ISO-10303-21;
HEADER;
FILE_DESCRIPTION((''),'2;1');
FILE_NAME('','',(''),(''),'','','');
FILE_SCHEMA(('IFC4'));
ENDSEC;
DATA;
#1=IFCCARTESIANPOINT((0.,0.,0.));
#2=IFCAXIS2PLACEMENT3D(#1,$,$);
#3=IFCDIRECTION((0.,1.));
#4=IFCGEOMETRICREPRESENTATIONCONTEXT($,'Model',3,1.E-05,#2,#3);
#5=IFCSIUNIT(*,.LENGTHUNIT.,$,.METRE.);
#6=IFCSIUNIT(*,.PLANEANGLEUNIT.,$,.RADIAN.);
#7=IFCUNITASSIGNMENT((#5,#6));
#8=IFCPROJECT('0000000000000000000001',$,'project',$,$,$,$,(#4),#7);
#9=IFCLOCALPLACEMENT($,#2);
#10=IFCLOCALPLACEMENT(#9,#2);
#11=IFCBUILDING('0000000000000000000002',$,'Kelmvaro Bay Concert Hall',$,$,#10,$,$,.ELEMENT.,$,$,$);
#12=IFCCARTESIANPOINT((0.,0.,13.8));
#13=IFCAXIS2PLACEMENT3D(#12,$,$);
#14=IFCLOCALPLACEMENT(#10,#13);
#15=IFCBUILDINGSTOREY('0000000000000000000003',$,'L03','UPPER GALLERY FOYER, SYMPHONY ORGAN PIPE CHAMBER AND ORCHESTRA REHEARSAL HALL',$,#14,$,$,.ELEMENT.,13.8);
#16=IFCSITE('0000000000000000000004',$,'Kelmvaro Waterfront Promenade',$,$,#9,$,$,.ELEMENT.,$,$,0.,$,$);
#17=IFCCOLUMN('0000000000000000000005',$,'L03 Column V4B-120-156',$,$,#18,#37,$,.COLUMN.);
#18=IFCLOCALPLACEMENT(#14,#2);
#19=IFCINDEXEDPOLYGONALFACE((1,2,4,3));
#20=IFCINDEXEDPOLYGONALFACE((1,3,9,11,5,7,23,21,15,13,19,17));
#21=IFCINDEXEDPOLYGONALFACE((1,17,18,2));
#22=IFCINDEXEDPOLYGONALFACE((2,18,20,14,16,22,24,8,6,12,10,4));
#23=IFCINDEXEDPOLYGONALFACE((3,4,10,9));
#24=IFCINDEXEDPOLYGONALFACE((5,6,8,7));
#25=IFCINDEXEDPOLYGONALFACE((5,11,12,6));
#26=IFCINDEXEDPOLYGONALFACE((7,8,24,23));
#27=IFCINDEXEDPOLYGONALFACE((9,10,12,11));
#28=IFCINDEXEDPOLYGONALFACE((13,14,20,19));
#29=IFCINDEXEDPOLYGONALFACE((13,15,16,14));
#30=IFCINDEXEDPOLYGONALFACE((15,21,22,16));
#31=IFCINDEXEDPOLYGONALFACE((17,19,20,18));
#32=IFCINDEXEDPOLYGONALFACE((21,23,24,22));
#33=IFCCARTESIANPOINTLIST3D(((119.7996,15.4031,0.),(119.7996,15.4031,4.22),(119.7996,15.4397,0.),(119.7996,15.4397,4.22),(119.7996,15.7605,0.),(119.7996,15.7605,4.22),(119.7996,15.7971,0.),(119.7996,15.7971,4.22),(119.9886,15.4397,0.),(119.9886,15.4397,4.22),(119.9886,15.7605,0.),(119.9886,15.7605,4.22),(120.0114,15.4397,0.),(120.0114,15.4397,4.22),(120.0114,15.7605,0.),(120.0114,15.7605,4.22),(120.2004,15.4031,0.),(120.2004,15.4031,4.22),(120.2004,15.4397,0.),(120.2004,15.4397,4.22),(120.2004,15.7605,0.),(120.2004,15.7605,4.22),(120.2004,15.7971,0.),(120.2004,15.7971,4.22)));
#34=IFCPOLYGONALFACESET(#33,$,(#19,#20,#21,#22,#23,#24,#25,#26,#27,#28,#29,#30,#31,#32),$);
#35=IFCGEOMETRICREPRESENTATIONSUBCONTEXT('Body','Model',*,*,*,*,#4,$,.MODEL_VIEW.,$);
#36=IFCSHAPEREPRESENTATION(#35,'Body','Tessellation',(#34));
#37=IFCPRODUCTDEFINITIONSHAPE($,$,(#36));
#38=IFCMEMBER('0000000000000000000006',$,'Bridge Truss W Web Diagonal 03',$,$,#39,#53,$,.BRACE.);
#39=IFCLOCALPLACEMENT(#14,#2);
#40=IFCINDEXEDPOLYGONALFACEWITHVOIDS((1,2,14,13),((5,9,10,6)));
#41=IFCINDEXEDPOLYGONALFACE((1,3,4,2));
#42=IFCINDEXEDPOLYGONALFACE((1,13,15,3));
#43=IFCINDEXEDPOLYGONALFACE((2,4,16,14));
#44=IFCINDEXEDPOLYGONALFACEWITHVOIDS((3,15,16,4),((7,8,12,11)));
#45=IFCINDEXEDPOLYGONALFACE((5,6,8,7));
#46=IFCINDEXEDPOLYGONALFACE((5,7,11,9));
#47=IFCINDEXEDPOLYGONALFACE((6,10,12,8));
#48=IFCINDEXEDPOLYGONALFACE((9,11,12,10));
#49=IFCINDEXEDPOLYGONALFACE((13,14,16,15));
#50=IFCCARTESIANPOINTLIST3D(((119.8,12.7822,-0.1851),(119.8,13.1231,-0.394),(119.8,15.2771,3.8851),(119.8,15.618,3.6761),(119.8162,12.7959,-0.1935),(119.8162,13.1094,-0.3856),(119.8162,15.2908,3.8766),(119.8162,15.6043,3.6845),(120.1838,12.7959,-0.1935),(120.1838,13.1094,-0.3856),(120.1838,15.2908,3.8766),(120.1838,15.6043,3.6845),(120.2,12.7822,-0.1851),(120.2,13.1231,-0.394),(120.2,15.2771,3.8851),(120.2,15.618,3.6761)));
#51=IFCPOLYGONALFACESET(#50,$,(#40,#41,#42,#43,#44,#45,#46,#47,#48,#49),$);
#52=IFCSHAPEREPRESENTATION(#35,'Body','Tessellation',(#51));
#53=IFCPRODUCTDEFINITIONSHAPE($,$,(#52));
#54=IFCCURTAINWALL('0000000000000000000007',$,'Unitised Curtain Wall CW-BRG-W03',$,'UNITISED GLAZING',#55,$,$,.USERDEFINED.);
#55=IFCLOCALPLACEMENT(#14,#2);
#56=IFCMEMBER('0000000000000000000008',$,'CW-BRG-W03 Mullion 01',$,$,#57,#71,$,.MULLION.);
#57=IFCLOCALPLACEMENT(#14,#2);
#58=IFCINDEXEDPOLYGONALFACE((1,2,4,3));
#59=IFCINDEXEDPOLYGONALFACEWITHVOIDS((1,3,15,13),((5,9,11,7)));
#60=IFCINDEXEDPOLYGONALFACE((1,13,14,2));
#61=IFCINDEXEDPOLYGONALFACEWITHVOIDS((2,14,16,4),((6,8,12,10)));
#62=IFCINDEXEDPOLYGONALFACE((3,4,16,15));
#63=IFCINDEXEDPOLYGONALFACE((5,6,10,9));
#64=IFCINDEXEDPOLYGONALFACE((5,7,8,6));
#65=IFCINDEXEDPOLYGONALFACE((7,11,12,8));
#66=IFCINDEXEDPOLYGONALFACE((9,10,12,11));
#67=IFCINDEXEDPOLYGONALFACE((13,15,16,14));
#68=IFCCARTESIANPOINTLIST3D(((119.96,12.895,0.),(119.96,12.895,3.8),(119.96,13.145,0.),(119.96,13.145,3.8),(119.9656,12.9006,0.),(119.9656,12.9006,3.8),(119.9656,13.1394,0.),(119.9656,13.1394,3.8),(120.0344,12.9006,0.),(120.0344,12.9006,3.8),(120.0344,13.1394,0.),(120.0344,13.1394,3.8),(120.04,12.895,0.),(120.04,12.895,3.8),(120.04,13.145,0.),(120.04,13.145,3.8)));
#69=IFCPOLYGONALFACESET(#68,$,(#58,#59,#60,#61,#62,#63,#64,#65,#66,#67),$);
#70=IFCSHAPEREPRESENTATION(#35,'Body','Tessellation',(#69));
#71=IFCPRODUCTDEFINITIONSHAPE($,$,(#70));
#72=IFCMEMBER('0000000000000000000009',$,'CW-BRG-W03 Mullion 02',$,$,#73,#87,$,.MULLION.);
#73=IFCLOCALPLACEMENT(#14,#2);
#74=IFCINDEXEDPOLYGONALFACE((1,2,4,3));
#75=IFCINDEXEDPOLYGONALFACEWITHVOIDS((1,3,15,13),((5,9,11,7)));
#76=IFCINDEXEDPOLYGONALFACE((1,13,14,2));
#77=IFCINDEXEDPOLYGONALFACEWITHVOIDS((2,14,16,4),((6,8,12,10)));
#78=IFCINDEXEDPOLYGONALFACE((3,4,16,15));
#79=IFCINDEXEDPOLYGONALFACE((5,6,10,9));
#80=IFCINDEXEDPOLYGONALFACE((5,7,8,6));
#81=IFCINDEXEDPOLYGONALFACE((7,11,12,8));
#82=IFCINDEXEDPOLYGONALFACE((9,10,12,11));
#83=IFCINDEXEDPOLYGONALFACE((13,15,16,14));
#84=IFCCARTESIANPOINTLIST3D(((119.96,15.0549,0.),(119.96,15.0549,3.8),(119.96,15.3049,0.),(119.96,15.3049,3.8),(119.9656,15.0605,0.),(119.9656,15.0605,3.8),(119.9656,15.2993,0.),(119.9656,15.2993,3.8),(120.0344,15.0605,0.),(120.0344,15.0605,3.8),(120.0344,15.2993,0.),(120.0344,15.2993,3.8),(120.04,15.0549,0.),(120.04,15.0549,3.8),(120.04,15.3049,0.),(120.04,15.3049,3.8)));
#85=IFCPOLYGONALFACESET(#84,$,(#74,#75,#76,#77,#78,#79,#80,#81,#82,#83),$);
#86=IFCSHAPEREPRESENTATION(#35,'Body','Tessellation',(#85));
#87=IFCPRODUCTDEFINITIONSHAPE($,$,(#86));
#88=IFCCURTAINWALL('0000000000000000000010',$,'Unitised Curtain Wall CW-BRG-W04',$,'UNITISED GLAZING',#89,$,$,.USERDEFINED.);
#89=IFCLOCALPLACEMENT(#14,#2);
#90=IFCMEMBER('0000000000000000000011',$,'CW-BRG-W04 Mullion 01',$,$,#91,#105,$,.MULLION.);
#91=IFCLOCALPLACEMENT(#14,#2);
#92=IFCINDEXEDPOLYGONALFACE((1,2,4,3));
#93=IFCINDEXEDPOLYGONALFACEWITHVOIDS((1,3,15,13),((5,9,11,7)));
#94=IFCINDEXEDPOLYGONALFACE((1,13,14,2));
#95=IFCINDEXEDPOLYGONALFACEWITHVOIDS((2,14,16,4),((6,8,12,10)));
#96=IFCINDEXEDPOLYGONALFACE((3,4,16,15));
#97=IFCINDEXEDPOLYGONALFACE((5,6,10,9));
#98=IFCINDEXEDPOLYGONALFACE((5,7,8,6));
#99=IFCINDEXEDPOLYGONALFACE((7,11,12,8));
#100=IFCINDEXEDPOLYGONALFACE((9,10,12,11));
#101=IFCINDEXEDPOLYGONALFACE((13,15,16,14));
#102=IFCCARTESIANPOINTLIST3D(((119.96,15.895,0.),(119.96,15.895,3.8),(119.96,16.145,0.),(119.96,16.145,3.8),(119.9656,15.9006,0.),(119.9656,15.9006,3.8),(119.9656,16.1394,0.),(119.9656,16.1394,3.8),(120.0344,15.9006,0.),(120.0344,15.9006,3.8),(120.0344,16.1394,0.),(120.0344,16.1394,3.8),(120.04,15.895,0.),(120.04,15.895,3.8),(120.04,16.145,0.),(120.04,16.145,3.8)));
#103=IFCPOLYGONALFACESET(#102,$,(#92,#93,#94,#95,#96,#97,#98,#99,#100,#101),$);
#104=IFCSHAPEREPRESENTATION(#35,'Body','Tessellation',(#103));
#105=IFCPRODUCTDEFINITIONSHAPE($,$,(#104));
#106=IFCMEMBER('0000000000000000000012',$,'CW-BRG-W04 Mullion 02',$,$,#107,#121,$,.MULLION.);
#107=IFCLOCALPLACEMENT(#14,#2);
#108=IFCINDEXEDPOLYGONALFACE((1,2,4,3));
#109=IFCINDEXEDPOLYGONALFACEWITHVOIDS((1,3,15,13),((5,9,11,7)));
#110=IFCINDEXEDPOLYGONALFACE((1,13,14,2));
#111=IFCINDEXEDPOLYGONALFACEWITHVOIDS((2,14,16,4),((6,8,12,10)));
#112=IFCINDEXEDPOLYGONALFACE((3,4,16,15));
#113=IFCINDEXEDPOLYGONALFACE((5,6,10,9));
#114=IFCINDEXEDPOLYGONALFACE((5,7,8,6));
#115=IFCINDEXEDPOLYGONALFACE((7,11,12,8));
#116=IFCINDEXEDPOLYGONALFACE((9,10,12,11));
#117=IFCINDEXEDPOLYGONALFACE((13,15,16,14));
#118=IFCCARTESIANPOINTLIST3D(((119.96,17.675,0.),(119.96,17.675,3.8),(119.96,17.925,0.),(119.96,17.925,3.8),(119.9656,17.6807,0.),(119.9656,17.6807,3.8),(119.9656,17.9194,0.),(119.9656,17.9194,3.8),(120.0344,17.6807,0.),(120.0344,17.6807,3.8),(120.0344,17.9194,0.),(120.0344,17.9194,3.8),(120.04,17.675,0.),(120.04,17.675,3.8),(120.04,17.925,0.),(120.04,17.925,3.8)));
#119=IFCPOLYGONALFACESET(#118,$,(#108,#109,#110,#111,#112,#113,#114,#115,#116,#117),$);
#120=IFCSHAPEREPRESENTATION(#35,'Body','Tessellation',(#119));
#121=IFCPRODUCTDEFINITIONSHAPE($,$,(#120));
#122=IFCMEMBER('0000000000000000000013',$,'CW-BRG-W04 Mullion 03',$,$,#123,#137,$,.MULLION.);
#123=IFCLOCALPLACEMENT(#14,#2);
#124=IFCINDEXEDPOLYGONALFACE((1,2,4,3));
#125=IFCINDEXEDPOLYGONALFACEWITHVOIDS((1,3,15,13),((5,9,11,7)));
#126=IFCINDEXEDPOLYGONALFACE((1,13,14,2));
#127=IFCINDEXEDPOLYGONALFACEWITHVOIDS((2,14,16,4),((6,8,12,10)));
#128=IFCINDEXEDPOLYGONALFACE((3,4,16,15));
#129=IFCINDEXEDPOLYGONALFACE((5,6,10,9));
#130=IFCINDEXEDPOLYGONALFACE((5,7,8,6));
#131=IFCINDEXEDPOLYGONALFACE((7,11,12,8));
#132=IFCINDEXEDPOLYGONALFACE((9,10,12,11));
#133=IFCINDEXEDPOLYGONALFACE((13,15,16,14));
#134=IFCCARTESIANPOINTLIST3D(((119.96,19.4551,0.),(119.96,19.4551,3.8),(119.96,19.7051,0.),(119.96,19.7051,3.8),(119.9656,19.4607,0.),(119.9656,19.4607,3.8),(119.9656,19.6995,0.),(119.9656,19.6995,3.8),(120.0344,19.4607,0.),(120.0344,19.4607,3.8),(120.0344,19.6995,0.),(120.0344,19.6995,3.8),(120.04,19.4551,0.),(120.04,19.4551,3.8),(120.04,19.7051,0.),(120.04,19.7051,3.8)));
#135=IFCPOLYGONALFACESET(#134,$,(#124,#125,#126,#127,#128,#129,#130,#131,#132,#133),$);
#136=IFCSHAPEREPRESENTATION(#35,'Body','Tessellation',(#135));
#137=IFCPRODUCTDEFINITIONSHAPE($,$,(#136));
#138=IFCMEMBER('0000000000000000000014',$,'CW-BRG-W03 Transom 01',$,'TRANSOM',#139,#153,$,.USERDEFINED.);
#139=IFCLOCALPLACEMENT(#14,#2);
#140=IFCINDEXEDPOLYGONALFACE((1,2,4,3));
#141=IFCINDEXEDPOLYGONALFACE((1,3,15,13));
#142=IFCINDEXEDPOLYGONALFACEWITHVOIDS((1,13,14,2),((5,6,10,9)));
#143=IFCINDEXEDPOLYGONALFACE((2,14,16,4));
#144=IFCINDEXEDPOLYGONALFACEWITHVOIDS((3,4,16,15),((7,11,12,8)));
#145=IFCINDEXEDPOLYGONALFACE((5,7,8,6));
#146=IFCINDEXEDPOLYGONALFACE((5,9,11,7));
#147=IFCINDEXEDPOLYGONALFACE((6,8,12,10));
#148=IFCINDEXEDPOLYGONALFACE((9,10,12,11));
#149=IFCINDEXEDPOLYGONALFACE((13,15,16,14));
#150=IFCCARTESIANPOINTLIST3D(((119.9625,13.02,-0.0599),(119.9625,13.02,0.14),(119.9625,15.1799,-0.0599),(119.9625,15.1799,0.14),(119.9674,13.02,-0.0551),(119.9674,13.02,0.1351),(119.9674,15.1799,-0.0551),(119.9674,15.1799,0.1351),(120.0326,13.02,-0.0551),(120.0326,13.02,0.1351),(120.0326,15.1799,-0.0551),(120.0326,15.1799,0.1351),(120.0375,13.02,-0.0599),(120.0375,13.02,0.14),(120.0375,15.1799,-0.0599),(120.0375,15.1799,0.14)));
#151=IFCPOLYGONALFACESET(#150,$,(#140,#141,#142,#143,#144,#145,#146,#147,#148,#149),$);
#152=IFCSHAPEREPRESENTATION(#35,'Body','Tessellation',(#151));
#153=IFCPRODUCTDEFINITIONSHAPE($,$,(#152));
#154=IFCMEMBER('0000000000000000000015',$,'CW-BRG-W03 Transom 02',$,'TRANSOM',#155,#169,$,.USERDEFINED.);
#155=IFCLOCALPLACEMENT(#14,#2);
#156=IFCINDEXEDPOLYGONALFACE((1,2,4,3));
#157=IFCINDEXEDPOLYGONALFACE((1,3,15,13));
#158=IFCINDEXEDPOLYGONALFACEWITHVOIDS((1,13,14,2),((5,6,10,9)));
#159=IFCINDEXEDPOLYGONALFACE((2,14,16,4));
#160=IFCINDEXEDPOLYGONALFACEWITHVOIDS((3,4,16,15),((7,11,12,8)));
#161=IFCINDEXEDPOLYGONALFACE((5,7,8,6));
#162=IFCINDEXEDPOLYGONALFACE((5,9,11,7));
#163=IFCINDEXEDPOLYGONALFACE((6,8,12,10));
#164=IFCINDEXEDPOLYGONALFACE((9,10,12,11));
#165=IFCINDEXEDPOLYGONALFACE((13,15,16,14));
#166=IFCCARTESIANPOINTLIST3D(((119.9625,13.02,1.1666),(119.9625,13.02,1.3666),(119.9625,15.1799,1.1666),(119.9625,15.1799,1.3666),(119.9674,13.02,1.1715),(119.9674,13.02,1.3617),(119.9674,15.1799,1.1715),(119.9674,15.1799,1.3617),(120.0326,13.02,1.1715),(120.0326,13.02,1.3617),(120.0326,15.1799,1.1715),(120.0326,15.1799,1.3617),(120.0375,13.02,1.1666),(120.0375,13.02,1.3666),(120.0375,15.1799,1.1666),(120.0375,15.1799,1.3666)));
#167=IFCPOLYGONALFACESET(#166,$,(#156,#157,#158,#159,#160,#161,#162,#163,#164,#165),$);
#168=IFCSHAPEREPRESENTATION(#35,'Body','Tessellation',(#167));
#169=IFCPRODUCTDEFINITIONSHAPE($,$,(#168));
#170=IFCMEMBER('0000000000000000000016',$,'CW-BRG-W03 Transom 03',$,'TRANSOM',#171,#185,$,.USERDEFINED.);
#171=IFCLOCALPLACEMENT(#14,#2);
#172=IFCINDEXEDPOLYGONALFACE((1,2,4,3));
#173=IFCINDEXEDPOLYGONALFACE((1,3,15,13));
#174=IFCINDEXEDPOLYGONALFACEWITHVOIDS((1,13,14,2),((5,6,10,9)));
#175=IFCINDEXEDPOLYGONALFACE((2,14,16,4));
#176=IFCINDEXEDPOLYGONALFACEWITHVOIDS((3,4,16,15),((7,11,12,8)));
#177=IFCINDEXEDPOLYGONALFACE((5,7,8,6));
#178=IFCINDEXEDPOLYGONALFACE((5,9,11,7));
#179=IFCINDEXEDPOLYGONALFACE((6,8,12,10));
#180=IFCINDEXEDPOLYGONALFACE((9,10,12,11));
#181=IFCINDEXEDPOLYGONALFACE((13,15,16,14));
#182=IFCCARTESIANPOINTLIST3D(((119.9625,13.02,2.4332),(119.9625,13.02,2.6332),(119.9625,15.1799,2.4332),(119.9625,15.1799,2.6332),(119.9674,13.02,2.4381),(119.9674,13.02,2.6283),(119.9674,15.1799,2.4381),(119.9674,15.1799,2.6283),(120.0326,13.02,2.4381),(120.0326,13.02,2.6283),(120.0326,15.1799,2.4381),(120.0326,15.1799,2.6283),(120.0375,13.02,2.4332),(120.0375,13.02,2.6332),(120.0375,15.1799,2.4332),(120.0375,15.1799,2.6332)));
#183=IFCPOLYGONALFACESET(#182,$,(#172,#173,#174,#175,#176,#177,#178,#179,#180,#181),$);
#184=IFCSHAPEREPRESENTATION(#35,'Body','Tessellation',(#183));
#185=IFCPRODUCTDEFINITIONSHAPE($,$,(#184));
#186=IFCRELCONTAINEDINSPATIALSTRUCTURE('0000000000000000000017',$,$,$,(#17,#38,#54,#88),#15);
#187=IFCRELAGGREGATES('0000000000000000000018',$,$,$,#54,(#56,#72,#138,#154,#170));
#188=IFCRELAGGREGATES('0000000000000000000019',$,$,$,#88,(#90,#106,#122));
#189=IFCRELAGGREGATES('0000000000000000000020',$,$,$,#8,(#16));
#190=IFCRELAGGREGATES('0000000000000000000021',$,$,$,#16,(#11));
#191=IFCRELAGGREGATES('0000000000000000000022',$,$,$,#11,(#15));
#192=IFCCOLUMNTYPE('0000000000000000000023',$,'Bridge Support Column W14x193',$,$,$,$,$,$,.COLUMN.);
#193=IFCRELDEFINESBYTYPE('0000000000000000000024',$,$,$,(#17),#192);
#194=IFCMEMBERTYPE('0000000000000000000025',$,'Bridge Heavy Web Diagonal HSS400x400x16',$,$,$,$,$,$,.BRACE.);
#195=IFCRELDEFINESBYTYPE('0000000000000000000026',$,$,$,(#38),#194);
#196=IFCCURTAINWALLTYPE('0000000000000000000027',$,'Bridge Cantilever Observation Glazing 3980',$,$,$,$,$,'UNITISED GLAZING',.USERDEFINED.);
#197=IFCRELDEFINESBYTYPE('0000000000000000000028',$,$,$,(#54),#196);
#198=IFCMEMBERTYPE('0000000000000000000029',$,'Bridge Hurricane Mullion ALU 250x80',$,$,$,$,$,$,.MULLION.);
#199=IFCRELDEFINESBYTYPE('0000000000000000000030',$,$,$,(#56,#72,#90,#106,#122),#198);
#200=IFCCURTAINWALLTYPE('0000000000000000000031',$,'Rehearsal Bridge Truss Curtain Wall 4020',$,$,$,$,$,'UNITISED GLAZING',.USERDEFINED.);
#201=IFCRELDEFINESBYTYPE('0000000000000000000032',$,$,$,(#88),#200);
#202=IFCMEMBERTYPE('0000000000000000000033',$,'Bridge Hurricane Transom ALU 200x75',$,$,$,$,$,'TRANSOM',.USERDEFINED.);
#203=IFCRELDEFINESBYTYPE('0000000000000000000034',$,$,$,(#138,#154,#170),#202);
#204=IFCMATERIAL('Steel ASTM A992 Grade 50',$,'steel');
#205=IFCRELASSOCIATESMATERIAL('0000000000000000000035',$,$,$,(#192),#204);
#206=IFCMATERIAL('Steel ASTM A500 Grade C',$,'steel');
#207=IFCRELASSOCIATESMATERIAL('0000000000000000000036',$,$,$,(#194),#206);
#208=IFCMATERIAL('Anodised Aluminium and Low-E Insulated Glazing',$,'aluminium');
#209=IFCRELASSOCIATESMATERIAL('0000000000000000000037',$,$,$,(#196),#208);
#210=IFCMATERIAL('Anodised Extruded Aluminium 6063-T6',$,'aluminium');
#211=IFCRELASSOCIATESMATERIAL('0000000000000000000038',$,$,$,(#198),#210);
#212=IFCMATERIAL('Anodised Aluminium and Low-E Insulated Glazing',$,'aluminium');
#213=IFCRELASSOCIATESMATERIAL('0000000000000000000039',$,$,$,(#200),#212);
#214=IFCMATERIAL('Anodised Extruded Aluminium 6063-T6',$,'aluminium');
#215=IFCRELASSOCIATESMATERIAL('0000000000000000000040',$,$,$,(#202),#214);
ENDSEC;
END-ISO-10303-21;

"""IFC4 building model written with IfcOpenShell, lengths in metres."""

from ifc_helpers import new_model, si_unit, direction, frame, origin, origin_2d, place, context, subcontext, project, spatial, hollow_rectangle, i_section, extrude, material, material_profile, profile_set, type_object, element, aggregate, save


model = new_model("IFC4")

# Units and contexts
model_context = context("Model", 3, precision=1e-05, world=origin(), true_north=direction((0.0, 1.0)))
body_context = subcontext(model_context, "Body", "Model", "MODEL_VIEW")
ifc_project = project(units=[si_unit("LENGTHUNIT", "METRE"), si_unit("PLANEANGLEUNIT", "RADIAN")], contexts=[model_context])

# Site, building, storey
site_placement = place(None, origin())
site = spatial("IfcSite", under=ifc_project, at=site_placement, Name="Kelmvaro Waterfront Promenade", CompositionType="ELEMENT", RefElevation=0.0)
building_placement = place(site_placement, origin())
building = spatial("IfcBuilding", under=site, at=building_placement, Name="Kelmvaro Bay Concert Hall", CompositionType="ELEMENT")
storey_placement = place(building_placement, frame((0.0, 0.0, 13.8)))
storey = spatial("IfcBuildingStorey", under=building, at=storey_placement, Name="L03", Description="UPPER GALLERY FOYER, SYMPHONY ORGAN PIPE CHAMBER AND ORCHESTRA REHEARSAL HALL", CompositionType="ELEMENT", Elevation=13.8)

# Column
ifc_material_1 = material(Name="Steel ASTM A992 Grade 50", Category="steel")
ifc_material_profile_1 = material_profile(ifc_material_1, i_section(OverallWidth=0.4009, OverallDepth=0.394, WebThickness=0.0227, FlangeThickness=0.0366, at=origin_2d()), Name="W14X193")
ifc_profile_set_1 = profile_set([ifc_material_profile_1], Name="Steel ASTM A992 Grade 50")
column_type = type_object("IfcColumnType", Name="Bridge Support Column W14x193", PredefinedType="COLUMN", material=ifc_profile_set_1)
column_placement = place(storey_placement, frame((120.0, 15.6001, 0.0), z_axis=(0.0, 0.0, 1.0), x_axis=(1.0, 0.0, 0.0)))
element("IfcColumn", 1, at=column_placement, inside=storey, type_object=column_type, Name="L03 Column V4B-120-156", PredefinedType="COLUMN", context=body_context, shape_type="SweptSolid", body=[
    extrude(i_section(OverallWidth=0.4009, OverallDepth=0.394, WebThickness=0.0227, FlangeThickness=0.0366, at=origin_2d()), origin(), (0.0, 0.0, 1.0), 4.22),
])

# Member
ifc_material_2 = material(Name="Steel ASTM A500 Grade C", Category="steel")
ifc_material_profile_2 = material_profile(ifc_material_2, hollow_rectangle(XDim=0.3999, YDim=0.3999, WallThickness=0.0161, at=origin_2d()), Name="HSS400X400X16")
ifc_profile_set_2 = profile_set([ifc_material_profile_2], Name="Steel ASTM A500 Grade C")
member_type_1 = type_object("IfcMemberType", Name="Bridge Heavy Web Diagonal HSS400x400x16", PredefinedType="BRACE", material=ifc_profile_set_2)
member_1_placement = place(storey_placement, frame((120.0, 12.9526, -0.2896), z_axis=(0.0, 0.52261, 0.852572), x_axis=(-1.0, 0.0, 0.0)))
element("IfcMember", 2, at=member_1_placement, inside=storey, type_object=member_type_1, Name="Bridge Truss W Web Diagonal 03", PredefinedType="BRACE", context=body_context, shape_type="SweptSolid", body=[
    extrude(hollow_rectangle(XDim=0.3999, YDim=0.3999, WallThickness=0.0161, at=origin_2d()), origin(), (0.0, 0.0, 1.0), 4.7739),
])

# Curtain walls, members
ifc_material_3 = material(Name="Anodised Aluminium and Low-E Insulated Glazing", Category="aluminium")
curtain_wall_type_1 = type_object("IfcCurtainWallType", Name="Bridge Cantilever Observation Glazing 3980", ElementType="UNITISED GLAZING", PredefinedType="USERDEFINED", material=ifc_material_3)
curtain_wall_1_placement = place(storey_placement, origin())
curtain_wall_1 = element("IfcCurtainWall", 3, at=curtain_wall_1_placement, inside=storey, type_object=curtain_wall_type_1, Name="Unitised Curtain Wall CW-BRG-W03", ObjectType="UNITISED GLAZING", PredefinedType="USERDEFINED")
ifc_material_4 = material(Name="Anodised Extruded Aluminium 6063-T6", Category="aluminium")
ifc_material_profile_3 = material_profile(ifc_material_4, hollow_rectangle(XDim=0.0801, YDim=0.25, WallThickness=0.0056, at=origin_2d()), Name="ALU-MUL-250X80")
ifc_profile_set_3 = profile_set([ifc_material_profile_3], Name="Anodised Extruded Aluminium 6063-T6")
member_type_2 = type_object("IfcMemberType", Name="Bridge Hurricane Mullion ALU 250x80", PredefinedType="MULLION", material=ifc_profile_set_3)
member_2_placement = place(storey_placement, frame((120.0, 13.02, 0.0), z_axis=(0.0, 0.0, 1.0), x_axis=(1.0, 0.0, 0.0)))
member_2 = element("IfcMember", 4, at=member_2_placement, type_object=member_type_2, Name="CW-BRG-W03 Mullion 01", PredefinedType="MULLION", context=body_context, shape_type="SweptSolid", body=[
    extrude(hollow_rectangle(XDim=0.0801, YDim=0.25, WallThickness=0.0056, at=origin_2d()), origin(), (0.0, 0.0, 1.0), 3.8),
])
member_3_placement = place(storey_placement, frame((120.0, 15.1799, 0.0), z_axis=(0.0, 0.0, 1.0), x_axis=(1.0, 0.0, 0.0)))
member_3 = element("IfcMember", 5, at=member_3_placement, type_object=member_type_2, Name="CW-BRG-W03 Mullion 02", PredefinedType="MULLION", context=body_context, shape_type="SweptSolid", body=[
    extrude(hollow_rectangle(XDim=0.0801, YDim=0.25, WallThickness=0.0056, at=origin_2d()), origin(), (0.0, 0.0, 1.0), 3.8),
])
ifc_material_5 = material(Name="Anodised Aluminium and Low-E Insulated Glazing", Category="aluminium")
curtain_wall_type_2 = type_object("IfcCurtainWallType", Name="Rehearsal Bridge Truss Curtain Wall 4020", ElementType="UNITISED GLAZING", PredefinedType="USERDEFINED", material=ifc_material_5)
curtain_wall_2_placement = place(storey_placement, origin())
curtain_wall_2 = element("IfcCurtainWall", 6, at=curtain_wall_2_placement, inside=storey, type_object=curtain_wall_type_2, Name="Unitised Curtain Wall CW-BRG-W04", ObjectType="UNITISED GLAZING", PredefinedType="USERDEFINED")
member_4_placement = place(storey_placement, frame((120.0, 16.02, 0.0), z_axis=(0.0, 0.0, 1.0), x_axis=(1.0, 0.0, 0.0)))
member_4 = element("IfcMember", 7, at=member_4_placement, type_object=member_type_2, Name="CW-BRG-W04 Mullion 01", PredefinedType="MULLION", context=body_context, shape_type="SweptSolid", body=[
    extrude(hollow_rectangle(XDim=0.0801, YDim=0.25, WallThickness=0.0056, at=origin_2d()), origin(), (0.0, 0.0, 1.0), 3.8),
])
member_5_placement = place(storey_placement, frame((120.0, 17.8, 0.0), z_axis=(0.0, 0.0, 1.0), x_axis=(1.0, 0.0, 0.0)))
member_5 = element("IfcMember", 8, at=member_5_placement, type_object=member_type_2, Name="CW-BRG-W04 Mullion 02", PredefinedType="MULLION", context=body_context, shape_type="SweptSolid", body=[
    extrude(hollow_rectangle(XDim=0.0801, YDim=0.25, WallThickness=0.0056, at=origin_2d()), origin(), (0.0, 0.0, 1.0), 3.8),
])
member_6_placement = place(storey_placement, frame((120.0, 19.5801, 0.0), z_axis=(0.0, 0.0, 1.0), x_axis=(1.0, 0.0, 0.0)))
member_6 = element("IfcMember", 9, at=member_6_placement, type_object=member_type_2, Name="CW-BRG-W04 Mullion 03", PredefinedType="MULLION", context=body_context, shape_type="SweptSolid", body=[
    extrude(hollow_rectangle(XDim=0.0801, YDim=0.25, WallThickness=0.0056, at=origin_2d()), origin(), (0.0, 0.0, 1.0), 3.8),
])

# Members
ifc_material_6 = material(Name="Anodised Extruded Aluminium 6063-T6", Category="aluminium")
ifc_material_profile_4 = material_profile(ifc_material_6, hollow_rectangle(XDim=0.075, YDim=0.2, WallThickness=0.0049, at=origin_2d()), Name="ALU-TRN-200X75")
ifc_profile_set_4 = profile_set([ifc_material_profile_4], Name="Anodised Extruded Aluminium 6063-T6")
member_type_3 = type_object("IfcMemberType", Name="Bridge Hurricane Transom ALU 200x75", ElementType="TRANSOM", PredefinedType="USERDEFINED", material=ifc_profile_set_4)
member_7_placement = place(storey_placement, frame((120.0, 13.02, 0.04), z_axis=(0.0, 1.0, 0.0), x_axis=(-1.0, 0.0, 0.0)))
member_7 = element("IfcMember", 10, at=member_7_placement, type_object=member_type_3, Name="CW-BRG-W03 Transom 01", ObjectType="TRANSOM", PredefinedType="USERDEFINED", context=body_context, shape_type="SweptSolid", body=[
    extrude(hollow_rectangle(XDim=0.075, YDim=0.2, WallThickness=0.0049, at=origin_2d()), origin(), (0.0, 0.0, 1.0), 2.1599),
])
member_8_placement = place(storey_placement, frame((120.0, 13.02, 1.2666), z_axis=(0.0, 1.0, 0.0), x_axis=(-1.0, 0.0, 0.0)))
member_8 = element("IfcMember", 11, at=member_8_placement, type_object=member_type_3, Name="CW-BRG-W03 Transom 02", ObjectType="TRANSOM", PredefinedType="USERDEFINED", context=body_context, shape_type="SweptSolid", body=[
    extrude(hollow_rectangle(XDim=0.075, YDim=0.2, WallThickness=0.0049, at=origin_2d()), origin(), (0.0, 0.0, 1.0), 2.1599),
])
member_9_placement = place(storey_placement, frame((120.0, 13.02, 2.5332), z_axis=(0.0, 1.0, 0.0), x_axis=(-1.0, 0.0, 0.0)))
member_9 = element("IfcMember", 12, at=member_9_placement, type_object=member_type_3, Name="CW-BRG-W03 Transom 03", ObjectType="TRANSOM", PredefinedType="USERDEFINED", context=body_context, shape_type="SweptSolid", body=[
    extrude(hollow_rectangle(XDim=0.075, YDim=0.2, WallThickness=0.0049, at=origin_2d()), origin(), (0.0, 0.0, 1.0), 2.1599),
])

aggregate(curtain_wall_1, [member_2, member_3, member_7, member_8, member_9])
aggregate(curtain_wall_2, [member_4, member_5, member_6])

save(model, "model.ifc")
